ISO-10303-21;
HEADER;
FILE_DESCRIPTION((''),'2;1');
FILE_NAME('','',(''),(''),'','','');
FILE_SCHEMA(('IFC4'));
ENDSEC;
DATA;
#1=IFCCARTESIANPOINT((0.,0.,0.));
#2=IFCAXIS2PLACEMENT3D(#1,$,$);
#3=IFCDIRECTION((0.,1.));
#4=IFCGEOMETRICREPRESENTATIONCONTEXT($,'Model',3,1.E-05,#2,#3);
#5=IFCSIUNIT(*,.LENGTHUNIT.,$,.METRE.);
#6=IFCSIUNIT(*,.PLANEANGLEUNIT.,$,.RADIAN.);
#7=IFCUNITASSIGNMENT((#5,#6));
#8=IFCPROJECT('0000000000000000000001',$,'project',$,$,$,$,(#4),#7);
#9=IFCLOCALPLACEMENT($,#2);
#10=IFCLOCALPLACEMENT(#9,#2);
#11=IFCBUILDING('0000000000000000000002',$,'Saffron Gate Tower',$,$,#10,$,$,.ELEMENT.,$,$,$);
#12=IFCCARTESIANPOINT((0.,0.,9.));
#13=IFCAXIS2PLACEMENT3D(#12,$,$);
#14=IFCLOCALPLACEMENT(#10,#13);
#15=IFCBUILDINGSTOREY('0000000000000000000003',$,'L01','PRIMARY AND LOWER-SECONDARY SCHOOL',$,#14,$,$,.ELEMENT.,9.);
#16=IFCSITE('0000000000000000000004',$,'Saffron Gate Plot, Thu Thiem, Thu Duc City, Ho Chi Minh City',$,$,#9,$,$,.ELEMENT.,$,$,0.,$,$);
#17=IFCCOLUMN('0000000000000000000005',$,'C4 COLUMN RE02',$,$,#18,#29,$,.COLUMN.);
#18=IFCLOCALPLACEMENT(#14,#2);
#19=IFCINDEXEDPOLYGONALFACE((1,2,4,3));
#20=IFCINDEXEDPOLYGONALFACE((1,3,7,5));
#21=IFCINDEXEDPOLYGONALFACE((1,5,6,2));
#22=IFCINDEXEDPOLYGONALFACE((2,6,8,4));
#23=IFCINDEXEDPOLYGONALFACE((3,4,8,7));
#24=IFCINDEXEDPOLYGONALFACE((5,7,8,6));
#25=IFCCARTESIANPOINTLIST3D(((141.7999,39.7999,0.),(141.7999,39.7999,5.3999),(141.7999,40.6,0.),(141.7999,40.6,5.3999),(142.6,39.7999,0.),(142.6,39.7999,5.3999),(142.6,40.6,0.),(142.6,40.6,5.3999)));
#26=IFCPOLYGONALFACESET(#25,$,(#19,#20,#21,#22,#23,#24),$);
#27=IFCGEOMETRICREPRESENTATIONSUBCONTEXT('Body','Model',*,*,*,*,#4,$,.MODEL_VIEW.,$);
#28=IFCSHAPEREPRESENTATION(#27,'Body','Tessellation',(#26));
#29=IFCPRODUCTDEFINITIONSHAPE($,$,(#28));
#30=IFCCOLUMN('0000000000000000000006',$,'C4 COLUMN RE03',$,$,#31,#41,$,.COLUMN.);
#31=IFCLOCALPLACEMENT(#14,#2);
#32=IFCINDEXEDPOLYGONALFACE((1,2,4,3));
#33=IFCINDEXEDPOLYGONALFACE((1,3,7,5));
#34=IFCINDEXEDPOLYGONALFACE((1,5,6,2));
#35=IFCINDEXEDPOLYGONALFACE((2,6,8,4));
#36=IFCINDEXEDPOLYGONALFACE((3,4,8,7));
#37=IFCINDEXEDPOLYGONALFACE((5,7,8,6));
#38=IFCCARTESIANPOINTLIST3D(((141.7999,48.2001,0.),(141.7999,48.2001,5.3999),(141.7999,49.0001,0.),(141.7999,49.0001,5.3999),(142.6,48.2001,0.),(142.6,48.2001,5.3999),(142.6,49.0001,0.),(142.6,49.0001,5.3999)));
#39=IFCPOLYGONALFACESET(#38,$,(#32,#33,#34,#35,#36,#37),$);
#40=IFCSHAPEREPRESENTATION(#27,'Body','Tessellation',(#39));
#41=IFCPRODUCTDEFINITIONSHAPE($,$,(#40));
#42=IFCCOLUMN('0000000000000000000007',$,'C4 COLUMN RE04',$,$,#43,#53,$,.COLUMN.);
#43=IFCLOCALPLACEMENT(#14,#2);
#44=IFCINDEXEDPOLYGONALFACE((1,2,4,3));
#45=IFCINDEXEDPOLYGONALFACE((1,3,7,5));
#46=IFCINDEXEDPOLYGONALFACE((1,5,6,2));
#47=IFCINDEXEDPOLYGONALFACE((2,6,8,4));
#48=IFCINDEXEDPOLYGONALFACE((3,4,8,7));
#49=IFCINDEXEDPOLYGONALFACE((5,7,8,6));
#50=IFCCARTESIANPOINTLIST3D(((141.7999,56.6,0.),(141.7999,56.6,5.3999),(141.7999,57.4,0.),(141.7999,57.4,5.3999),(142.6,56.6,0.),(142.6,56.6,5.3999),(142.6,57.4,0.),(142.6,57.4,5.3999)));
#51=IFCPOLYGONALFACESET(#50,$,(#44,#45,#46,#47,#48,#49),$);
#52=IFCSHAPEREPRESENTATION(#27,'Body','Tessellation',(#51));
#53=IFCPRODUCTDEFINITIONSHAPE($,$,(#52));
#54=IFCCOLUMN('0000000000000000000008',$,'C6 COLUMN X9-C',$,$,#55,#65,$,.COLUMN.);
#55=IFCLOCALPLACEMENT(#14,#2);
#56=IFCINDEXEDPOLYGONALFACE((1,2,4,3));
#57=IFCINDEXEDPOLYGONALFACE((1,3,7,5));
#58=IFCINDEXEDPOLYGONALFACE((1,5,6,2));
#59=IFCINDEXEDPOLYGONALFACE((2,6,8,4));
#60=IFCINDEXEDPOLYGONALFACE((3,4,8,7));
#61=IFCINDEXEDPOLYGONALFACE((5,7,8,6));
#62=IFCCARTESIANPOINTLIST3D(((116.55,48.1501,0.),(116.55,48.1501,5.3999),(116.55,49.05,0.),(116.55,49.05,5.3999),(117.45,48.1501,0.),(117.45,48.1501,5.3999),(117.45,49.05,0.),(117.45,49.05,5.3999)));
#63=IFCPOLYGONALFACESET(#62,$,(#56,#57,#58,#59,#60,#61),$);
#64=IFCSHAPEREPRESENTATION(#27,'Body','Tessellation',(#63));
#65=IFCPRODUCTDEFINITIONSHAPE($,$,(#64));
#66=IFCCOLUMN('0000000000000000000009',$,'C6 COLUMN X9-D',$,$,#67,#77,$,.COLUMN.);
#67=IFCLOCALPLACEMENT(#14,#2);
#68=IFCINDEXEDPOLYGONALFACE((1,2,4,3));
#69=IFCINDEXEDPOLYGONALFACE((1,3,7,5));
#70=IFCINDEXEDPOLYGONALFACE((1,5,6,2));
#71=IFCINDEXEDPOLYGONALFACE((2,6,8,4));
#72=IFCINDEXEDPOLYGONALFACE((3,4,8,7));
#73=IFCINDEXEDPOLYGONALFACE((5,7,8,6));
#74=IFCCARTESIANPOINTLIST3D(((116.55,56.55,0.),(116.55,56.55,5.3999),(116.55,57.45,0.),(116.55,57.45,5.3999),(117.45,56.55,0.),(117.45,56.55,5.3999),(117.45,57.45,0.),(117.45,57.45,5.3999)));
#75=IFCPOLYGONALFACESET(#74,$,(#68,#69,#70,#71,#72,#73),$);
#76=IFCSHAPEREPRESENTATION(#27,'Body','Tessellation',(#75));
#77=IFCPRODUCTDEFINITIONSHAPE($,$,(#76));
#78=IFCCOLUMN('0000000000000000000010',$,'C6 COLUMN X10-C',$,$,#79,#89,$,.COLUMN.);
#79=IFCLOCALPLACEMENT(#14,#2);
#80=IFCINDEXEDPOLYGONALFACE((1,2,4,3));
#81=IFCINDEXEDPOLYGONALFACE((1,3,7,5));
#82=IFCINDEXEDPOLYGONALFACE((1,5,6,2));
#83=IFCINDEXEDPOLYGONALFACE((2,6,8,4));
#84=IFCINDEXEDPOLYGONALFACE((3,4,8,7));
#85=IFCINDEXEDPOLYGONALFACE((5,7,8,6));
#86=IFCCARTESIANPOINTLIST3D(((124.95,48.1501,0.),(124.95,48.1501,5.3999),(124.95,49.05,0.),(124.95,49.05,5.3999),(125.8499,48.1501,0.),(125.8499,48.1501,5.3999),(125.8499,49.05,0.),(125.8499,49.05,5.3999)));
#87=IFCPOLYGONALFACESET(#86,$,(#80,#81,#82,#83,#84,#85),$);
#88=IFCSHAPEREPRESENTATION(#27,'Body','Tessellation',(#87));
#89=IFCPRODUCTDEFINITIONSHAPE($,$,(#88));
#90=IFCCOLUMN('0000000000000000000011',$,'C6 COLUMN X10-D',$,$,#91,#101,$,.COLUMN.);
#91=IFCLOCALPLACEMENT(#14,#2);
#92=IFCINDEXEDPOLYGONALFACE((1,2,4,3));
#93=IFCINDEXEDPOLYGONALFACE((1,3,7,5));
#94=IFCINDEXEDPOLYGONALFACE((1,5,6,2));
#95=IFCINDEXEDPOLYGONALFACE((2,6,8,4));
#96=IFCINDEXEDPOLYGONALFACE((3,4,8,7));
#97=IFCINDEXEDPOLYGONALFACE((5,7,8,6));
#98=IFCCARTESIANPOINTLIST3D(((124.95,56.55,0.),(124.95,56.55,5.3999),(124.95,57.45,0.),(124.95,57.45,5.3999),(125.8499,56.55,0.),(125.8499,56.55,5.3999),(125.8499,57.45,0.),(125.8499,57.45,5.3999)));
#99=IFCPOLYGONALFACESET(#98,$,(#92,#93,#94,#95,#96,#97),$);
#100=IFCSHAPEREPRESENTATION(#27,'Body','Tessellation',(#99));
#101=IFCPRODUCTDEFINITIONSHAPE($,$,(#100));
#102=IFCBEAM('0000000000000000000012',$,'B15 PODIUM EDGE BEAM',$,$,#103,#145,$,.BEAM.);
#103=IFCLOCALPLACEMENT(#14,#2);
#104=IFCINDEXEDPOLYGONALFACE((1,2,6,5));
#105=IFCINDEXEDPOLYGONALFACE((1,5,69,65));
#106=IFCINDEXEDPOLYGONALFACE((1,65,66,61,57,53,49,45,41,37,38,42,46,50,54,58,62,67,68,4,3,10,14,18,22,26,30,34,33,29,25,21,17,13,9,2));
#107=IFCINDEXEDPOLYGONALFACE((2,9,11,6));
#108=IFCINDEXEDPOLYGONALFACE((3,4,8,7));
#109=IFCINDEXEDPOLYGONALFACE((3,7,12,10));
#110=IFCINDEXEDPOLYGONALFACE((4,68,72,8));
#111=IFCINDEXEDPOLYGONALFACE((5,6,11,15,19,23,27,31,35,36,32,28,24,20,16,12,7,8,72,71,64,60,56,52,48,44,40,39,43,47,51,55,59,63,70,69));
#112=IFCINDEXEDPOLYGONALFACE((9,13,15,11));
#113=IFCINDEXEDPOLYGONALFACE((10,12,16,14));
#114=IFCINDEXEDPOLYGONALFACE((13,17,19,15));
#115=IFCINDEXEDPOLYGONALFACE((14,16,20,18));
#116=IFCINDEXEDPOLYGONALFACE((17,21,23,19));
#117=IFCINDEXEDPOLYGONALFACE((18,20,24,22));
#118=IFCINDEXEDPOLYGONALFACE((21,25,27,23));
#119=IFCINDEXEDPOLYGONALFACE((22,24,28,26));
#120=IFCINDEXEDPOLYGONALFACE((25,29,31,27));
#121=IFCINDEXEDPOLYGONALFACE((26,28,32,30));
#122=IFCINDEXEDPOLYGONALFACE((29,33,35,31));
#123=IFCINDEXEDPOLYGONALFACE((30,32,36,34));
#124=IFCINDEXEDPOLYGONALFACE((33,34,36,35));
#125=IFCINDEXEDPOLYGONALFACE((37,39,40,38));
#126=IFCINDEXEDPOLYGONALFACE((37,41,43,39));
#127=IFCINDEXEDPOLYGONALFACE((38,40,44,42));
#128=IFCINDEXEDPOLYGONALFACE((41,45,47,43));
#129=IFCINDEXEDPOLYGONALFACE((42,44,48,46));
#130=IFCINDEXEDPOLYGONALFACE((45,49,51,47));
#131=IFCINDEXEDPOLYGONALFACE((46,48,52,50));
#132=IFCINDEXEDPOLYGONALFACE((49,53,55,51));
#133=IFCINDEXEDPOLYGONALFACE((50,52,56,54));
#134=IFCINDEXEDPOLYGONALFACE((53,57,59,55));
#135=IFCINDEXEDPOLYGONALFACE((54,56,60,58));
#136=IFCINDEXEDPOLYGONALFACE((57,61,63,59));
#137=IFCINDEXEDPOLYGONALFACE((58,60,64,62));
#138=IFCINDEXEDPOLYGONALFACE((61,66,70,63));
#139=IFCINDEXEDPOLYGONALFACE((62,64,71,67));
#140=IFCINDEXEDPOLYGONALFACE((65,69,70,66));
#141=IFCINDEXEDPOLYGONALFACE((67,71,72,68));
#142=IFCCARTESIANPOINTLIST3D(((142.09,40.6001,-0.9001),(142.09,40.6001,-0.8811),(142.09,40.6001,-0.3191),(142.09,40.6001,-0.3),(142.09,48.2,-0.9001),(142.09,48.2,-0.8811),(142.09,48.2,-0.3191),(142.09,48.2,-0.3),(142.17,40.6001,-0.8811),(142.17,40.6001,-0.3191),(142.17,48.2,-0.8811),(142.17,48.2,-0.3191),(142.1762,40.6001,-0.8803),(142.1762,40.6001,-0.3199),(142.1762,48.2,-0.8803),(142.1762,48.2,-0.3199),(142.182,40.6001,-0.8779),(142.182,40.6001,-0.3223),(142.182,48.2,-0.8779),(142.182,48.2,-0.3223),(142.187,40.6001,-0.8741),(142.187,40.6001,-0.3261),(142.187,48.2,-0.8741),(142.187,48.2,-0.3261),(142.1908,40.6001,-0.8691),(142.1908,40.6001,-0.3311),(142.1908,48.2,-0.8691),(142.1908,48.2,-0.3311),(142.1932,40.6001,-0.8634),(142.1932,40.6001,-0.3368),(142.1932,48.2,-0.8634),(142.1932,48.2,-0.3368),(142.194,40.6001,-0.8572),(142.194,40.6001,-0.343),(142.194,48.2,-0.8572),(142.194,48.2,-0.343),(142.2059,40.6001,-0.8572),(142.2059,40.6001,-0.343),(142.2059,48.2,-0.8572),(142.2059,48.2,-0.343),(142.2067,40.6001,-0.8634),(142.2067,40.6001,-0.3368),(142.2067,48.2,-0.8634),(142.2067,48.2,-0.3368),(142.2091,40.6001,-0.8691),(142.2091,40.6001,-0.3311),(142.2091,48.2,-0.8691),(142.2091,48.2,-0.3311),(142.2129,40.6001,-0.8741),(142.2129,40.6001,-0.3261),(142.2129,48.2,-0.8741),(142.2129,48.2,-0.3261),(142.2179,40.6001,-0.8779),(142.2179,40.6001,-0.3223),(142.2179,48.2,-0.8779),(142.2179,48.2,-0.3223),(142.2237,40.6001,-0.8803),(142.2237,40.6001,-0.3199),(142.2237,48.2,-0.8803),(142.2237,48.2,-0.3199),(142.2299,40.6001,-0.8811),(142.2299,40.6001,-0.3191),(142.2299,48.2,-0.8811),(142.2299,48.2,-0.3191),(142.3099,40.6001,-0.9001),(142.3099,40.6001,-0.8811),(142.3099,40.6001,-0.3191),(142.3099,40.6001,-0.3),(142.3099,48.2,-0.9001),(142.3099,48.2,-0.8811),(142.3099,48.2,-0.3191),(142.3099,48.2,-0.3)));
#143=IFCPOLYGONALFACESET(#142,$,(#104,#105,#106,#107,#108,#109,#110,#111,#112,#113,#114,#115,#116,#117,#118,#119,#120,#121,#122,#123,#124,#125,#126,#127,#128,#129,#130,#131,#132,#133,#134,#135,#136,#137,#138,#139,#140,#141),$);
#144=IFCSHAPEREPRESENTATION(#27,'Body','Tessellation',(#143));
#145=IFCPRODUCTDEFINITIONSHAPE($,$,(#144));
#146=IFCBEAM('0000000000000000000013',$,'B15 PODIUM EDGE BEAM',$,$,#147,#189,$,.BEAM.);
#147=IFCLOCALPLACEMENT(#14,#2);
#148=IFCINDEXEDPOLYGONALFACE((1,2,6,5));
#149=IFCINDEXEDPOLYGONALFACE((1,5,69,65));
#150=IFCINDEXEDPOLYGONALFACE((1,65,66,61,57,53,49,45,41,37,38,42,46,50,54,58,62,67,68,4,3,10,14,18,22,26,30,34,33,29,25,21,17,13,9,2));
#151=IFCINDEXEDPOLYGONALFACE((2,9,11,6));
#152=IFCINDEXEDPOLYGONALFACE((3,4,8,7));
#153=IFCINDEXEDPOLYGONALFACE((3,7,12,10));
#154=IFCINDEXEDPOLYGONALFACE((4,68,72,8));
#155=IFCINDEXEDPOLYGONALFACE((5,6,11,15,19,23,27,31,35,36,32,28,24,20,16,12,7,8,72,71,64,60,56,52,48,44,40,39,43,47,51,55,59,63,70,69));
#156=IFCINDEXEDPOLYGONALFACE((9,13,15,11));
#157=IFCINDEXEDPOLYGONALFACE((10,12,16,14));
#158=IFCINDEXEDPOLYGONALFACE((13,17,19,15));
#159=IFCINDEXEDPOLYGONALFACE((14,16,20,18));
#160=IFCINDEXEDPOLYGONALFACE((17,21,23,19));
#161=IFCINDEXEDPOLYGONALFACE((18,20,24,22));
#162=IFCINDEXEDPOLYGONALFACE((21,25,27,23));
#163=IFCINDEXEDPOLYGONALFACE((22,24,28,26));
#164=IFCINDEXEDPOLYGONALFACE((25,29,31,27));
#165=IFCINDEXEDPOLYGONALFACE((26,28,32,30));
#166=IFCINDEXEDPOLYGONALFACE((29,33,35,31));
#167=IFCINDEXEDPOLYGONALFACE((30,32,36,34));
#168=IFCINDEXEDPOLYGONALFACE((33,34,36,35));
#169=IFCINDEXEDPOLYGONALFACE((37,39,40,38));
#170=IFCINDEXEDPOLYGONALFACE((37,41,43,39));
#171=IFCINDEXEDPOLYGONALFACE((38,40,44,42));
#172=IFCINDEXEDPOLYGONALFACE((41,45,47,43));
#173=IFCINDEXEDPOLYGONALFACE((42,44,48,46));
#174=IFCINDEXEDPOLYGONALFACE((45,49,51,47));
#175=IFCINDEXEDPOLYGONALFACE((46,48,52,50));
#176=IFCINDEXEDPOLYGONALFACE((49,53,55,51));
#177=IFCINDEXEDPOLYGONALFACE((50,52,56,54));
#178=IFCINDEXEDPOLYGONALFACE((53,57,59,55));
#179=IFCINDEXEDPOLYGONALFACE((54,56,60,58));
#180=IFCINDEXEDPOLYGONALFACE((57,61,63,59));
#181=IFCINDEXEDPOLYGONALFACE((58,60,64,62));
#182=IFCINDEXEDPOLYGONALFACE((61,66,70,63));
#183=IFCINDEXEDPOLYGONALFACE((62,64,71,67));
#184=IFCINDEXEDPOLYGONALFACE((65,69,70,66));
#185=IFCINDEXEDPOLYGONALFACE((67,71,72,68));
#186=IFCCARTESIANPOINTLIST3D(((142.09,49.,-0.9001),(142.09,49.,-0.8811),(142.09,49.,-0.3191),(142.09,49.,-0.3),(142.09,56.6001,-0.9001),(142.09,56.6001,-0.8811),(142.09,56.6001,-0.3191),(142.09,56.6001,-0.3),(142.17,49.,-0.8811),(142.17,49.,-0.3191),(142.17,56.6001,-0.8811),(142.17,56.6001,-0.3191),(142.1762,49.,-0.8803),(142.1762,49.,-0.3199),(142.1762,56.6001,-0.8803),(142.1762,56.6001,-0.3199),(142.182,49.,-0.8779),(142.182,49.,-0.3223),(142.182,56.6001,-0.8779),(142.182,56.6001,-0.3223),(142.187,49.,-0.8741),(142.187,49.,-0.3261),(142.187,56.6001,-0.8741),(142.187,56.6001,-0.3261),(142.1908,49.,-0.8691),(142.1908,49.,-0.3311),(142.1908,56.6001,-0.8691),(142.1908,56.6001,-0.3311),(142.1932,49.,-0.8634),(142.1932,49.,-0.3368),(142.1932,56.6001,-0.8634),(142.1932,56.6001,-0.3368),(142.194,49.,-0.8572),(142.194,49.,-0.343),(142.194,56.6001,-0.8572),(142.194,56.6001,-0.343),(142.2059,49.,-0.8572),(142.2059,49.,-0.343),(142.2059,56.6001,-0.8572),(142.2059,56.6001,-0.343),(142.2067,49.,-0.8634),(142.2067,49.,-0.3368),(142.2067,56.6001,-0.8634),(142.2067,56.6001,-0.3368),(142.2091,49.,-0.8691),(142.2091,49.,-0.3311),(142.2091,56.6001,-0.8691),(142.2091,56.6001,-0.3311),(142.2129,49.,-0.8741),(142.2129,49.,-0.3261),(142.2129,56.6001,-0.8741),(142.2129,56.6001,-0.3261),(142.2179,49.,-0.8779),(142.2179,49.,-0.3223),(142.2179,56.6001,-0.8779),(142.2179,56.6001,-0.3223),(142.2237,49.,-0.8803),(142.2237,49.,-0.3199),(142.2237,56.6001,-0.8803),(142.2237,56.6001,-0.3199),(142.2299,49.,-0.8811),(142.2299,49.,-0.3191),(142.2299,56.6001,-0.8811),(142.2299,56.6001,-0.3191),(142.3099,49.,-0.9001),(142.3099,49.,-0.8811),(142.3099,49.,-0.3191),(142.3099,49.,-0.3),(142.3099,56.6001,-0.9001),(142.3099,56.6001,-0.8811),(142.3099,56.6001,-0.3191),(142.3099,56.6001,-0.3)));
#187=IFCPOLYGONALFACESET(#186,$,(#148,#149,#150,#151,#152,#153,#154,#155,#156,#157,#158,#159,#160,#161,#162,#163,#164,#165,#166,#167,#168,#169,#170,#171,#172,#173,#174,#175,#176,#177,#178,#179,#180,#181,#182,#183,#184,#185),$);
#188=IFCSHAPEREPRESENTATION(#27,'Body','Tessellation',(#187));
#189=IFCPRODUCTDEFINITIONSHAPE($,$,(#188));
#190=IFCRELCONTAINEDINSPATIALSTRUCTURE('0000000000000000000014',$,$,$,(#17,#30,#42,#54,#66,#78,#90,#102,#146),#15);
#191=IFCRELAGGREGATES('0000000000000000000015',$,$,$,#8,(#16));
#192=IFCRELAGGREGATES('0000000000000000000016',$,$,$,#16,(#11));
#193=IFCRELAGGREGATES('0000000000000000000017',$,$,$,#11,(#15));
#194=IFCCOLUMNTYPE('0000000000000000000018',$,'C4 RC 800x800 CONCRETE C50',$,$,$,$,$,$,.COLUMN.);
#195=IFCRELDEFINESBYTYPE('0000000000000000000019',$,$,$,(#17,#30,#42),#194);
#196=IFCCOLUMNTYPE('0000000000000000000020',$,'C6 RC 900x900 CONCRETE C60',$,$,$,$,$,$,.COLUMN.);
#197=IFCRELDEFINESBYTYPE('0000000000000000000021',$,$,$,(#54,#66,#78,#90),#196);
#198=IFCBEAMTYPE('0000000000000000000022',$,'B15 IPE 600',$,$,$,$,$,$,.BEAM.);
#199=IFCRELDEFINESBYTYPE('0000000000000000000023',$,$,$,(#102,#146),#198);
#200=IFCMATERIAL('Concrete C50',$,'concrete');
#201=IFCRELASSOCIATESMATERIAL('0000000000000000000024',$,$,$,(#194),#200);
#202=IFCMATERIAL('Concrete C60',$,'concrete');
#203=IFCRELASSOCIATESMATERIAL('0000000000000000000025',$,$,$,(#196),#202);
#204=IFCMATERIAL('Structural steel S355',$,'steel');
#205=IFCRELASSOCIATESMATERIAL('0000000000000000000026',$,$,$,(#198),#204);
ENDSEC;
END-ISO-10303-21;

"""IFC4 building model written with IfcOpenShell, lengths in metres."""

from ifc_helpers import new_model, si_unit, direction, frame, origin, origin_2d, place, context, subcontext, project, spatial, rectangle, i_section, extrude, material, material_profile, profile_set, type_object, element, save


model = new_model("IFC4")

# Units and contexts
model_context = context("Model", 3, precision=1e-05, world=origin(), true_north=direction((0.0, 1.0)))
body_context = subcontext(model_context, "Body", "Model", "MODEL_VIEW")
ifc_project = project(units=[si_unit("LENGTHUNIT", "METRE"), si_unit("PLANEANGLEUNIT", "RADIAN")], contexts=[model_context])

# Site, building, storey
site_placement = place(None, origin())
site = spatial("IfcSite", under=ifc_project, at=site_placement, Name="Saffron Gate Plot, Thu Thiem, Thu Duc City, Ho Chi Minh City", CompositionType="ELEMENT", RefElevation=0.0)
building_placement = place(site_placement, origin())
building = spatial("IfcBuilding", under=site, at=building_placement, Name="Saffron Gate Tower", CompositionType="ELEMENT")
storey_placement = place(building_placement, frame((0.0, 0.0, 9.0)))
storey = spatial("IfcBuildingStorey", under=building, at=storey_placement, Name="L01", Description="PRIMARY AND LOWER-SECONDARY SCHOOL", CompositionType="ELEMENT", Elevation=9.0)

# Columns
ifc_material_1 = material(Name="Concrete C50", Category="concrete")
ifc_material_profile_1 = material_profile(ifc_material_1, rectangle(XDim=0.8, YDim=0.8, at=origin_2d()))
ifc_profile_set_1 = profile_set([ifc_material_profile_1], Name="Concrete C50")
column_type_1 = type_object("IfcColumnType", Name="C4 RC 800x800 CONCRETE C50", PredefinedType="COLUMN", material=ifc_profile_set_1)
for number, where, z_axis, x_axis, name in (
    (1, (142.2, 40.2, 0.0), (0.0, 0.0, 1.0), (1.0, 0.0, 0.0), "C4 COLUMN RE02"),
    (2, (142.2, 48.6001, 0.0), (0.0, 0.0, 1.0), (1.0, 0.0, 0.0), "C4 COLUMN RE03"),
    (3, (142.2, 57.0, 0.0), (0.0, 0.0, 1.0), (1.0, 0.0, 0.0), "C4 COLUMN RE04"),
):
    element("IfcColumn", number, at=place(storey_placement, frame(where, z_axis=z_axis, x_axis=x_axis)), inside=storey, type_object=column_type_1, Name=name, PredefinedType="COLUMN", context=body_context, shape_type="SweptSolid", body=[
        extrude(rectangle(XDim=0.8, YDim=0.8, at=origin_2d()), origin(), (0.0, 0.0, 1.0), 5.3999),
    ])
ifc_material_2 = material(Name="Concrete C60", Category="concrete")
ifc_material_profile_2 = material_profile(ifc_material_2, rectangle(XDim=0.8999, YDim=0.8999, at=origin_2d()))
ifc_profile_set_2 = profile_set([ifc_material_profile_2], Name="Concrete C60")
column_type_2 = type_object("IfcColumnType", Name="C6 RC 900x900 CONCRETE C60", PredefinedType="COLUMN", material=ifc_profile_set_2)
for number, where, z_axis, x_axis, name in (
    (4, (117.0, 48.6001, 0.0), (0.0, 0.0, 1.0), (1.0, 0.0, 0.0), "C6 COLUMN X9-C"),
    (5, (117.0, 57.0, 0.0), (0.0, 0.0, 1.0), (1.0, 0.0, 0.0), "C6 COLUMN X9-D"),
    (6, (125.3999, 48.6001, 0.0), (0.0, 0.0, 1.0), (1.0, 0.0, 0.0), "C6 COLUMN X10-C"),
    (7, (125.3999, 57.0, 0.0), (0.0, 0.0, 1.0), (1.0, 0.0, 0.0), "C6 COLUMN X10-D"),
):
    element("IfcColumn", number, at=place(storey_placement, frame(where, z_axis=z_axis, x_axis=x_axis)), inside=storey, type_object=column_type_2, Name=name, PredefinedType="COLUMN", context=body_context, shape_type="SweptSolid", body=[
        extrude(rectangle(XDim=0.8999, YDim=0.8999, at=origin_2d()), origin(), (0.0, 0.0, 1.0), 5.3999),
    ])

# Beams
ifc_material_3 = material(Name="Structural steel S355", Category="steel")
ifc_material_profile_3 = material_profile(ifc_material_3, i_section(OverallWidth=0.22, OverallDepth=0.6001, WebThickness=0.012, FlangeThickness=0.019, FilletRadius=0.0239, at=origin_2d()))
ifc_profile_set_3 = profile_set([ifc_material_profile_3], Name="Structural steel S355")
beam_type_1 = type_object("IfcBeamType", Name="B15 IPE 600", PredefinedType="BEAM", material=ifc_profile_set_3)
beam_1_placement = place(storey_placement, frame((142.2, 40.6001, -0.6001), z_axis=(0.0, 1.0, 0.0), x_axis=(-1.0, 0.0, 0.0)))
element("IfcBeam", 8, at=beam_1_placement, inside=storey, type_object=beam_type_1, Name="B15 PODIUM EDGE BEAM", PredefinedType="BEAM", context=body_context, shape_type="SweptSolid", body=[
    extrude(i_section(OverallWidth=0.22, OverallDepth=0.6001, WebThickness=0.012, FlangeThickness=0.019, FilletRadius=0.0239, at=origin_2d()), origin(), (0.0, 0.0, 1.0), 7.5999),
])
for number, where, z_axis, x_axis, name in (
    (9, (142.2, 49.0, -0.6001), (0.0, 1.0, 0.0), (-1.0, 0.0, 0.0), "B15 PODIUM EDGE BEAM"),
):
    element("IfcBeam", number, at=place(storey_placement, frame(where, z_axis=z_axis, x_axis=x_axis)), inside=storey, type_object=beam_type_1, Name=name, PredefinedType="BEAM", context=body_context, shape_type="SweptSolid", body=[
        extrude(i_section(OverallWidth=0.22, OverallDepth=0.6001, WebThickness=0.012, FlangeThickness=0.019, FilletRadius=0.0239, at=origin_2d()), origin(), (0.0, 0.0, 1.0), 7.6001),
    ])

save(model, "model.ifc")
